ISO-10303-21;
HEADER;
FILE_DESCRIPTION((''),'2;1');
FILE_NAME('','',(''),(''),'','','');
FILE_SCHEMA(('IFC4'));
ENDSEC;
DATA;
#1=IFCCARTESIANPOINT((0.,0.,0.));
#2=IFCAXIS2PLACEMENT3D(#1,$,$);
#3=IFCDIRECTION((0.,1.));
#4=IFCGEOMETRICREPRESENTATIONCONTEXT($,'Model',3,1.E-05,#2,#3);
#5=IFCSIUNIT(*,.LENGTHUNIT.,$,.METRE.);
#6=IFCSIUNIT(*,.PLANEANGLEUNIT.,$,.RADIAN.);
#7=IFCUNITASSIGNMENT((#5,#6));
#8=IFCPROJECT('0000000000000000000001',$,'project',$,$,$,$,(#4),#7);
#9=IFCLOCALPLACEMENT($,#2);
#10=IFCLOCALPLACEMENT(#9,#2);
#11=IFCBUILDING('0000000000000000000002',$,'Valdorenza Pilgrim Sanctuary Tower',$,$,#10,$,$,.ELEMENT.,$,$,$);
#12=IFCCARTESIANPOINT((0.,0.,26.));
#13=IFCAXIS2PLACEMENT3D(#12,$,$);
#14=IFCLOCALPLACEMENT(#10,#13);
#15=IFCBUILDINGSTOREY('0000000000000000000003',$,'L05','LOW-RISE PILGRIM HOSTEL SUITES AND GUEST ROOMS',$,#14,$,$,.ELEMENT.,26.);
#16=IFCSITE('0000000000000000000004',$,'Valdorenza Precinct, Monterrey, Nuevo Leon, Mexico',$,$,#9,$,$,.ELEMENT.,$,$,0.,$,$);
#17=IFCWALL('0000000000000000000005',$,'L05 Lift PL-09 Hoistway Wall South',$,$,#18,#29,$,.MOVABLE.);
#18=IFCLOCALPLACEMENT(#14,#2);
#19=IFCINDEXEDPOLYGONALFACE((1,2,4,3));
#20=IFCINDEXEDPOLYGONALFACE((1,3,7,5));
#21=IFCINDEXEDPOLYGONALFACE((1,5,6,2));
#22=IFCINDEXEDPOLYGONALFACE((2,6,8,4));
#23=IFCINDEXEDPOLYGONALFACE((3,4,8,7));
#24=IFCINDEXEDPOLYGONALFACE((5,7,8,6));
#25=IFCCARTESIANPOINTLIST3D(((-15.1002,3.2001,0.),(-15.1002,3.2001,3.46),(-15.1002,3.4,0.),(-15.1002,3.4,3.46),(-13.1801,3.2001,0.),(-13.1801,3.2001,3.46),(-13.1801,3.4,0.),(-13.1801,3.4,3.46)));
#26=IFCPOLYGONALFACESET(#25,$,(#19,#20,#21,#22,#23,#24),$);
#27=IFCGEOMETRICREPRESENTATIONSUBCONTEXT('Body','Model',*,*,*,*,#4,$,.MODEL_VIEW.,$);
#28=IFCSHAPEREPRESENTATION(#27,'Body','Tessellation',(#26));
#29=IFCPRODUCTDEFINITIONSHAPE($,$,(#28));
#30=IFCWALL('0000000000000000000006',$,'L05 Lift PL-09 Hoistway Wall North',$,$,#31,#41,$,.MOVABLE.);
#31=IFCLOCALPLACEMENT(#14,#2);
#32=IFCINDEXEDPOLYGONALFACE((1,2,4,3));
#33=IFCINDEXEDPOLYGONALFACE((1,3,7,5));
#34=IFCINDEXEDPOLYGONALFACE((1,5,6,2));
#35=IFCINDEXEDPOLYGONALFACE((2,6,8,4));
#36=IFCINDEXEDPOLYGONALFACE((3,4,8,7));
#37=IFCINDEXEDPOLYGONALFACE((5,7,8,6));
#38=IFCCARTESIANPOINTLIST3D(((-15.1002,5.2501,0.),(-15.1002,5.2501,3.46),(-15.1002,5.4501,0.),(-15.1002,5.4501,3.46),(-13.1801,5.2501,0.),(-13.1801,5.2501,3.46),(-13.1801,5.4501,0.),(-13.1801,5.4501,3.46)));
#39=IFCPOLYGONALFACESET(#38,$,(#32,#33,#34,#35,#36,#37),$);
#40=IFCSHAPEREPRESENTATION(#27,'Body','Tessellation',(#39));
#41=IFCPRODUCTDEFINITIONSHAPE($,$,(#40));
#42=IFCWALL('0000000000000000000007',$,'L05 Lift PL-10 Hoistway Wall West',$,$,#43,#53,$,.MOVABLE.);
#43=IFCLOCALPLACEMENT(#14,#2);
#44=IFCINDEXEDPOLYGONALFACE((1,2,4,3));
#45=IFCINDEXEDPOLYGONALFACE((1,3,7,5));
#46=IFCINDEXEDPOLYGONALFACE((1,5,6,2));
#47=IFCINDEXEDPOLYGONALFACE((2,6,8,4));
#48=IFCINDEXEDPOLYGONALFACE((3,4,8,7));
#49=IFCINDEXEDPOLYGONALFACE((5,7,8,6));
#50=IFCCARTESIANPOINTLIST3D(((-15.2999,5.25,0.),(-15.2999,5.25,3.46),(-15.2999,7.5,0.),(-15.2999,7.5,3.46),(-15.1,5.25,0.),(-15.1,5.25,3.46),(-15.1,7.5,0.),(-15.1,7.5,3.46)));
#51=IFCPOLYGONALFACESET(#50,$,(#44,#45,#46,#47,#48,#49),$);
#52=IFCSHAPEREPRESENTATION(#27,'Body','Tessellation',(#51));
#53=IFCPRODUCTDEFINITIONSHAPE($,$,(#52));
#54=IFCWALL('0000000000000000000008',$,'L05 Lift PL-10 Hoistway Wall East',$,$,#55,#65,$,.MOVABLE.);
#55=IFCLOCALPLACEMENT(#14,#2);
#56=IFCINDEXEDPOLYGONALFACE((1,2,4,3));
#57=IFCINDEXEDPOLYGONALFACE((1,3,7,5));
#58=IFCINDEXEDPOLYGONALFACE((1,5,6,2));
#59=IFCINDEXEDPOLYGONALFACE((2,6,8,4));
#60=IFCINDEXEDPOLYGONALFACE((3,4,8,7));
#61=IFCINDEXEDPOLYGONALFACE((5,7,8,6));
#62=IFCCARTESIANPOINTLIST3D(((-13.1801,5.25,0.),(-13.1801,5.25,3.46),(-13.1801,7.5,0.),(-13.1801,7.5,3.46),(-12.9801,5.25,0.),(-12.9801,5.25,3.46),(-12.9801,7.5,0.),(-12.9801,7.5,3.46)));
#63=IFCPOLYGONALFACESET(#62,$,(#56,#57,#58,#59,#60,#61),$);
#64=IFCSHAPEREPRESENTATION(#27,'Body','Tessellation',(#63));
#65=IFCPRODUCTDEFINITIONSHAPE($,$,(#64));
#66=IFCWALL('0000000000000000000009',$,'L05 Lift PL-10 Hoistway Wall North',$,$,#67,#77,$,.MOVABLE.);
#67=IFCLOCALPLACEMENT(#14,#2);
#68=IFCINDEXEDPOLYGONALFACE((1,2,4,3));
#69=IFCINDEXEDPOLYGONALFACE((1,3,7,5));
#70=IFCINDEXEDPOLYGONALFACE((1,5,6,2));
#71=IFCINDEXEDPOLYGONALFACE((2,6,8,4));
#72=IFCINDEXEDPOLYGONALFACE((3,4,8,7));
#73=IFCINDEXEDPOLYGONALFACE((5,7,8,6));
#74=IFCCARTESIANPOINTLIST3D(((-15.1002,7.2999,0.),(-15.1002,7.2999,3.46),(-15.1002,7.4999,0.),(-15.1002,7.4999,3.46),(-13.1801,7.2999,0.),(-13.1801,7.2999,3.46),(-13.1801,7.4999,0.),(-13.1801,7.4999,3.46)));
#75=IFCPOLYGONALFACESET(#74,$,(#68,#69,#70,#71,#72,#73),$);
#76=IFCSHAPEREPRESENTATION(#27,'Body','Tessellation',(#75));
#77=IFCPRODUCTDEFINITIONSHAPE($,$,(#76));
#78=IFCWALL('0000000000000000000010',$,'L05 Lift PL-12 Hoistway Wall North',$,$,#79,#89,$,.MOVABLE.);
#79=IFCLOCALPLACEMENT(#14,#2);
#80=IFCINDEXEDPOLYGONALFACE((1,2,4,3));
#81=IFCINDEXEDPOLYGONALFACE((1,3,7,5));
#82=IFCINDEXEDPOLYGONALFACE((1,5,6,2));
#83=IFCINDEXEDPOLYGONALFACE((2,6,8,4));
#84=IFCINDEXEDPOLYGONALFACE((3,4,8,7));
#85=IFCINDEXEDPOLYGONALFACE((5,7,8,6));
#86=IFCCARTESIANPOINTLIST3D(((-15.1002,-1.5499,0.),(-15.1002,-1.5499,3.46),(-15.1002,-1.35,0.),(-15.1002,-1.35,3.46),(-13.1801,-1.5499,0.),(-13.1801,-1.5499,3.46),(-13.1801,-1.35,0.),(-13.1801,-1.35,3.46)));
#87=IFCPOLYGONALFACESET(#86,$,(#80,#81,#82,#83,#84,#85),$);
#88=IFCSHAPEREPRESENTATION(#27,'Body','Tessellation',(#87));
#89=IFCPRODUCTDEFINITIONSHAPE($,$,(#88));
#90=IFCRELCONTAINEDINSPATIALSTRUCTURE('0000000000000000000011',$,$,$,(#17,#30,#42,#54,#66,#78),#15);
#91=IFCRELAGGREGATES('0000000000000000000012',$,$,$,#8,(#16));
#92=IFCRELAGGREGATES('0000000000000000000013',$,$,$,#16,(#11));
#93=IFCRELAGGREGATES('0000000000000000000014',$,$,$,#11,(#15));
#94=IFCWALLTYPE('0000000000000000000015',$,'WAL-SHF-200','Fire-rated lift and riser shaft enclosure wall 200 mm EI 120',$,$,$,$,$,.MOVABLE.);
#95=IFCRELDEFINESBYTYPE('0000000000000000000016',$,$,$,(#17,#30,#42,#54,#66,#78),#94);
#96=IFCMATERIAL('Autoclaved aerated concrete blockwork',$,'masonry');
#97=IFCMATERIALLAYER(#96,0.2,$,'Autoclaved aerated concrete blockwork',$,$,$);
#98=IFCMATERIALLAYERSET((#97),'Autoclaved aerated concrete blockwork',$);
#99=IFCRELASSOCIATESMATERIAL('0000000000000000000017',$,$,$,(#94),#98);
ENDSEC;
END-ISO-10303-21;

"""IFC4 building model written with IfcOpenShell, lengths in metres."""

from ifc_helpers import new_model, si_unit, direction, frame, frame_2d, origin, place, context, subcontext, project, spatial, rectangle, extrude, material, layer, layer_set, type_object, element, save


model = new_model("IFC4")

# Units and contexts
model_context = context("Model", 3, precision=1e-05, world=origin(), true_north=direction((0.0, 1.0)))
body_context = subcontext(model_context, "Body", "Model", "MODEL_VIEW")
ifc_project = project(units=[si_unit("LENGTHUNIT", "METRE"), si_unit("PLANEANGLEUNIT", "RADIAN")], contexts=[model_context])

# Site, building, storey
site_placement = place(None, origin())
site = spatial("IfcSite", under=ifc_project, at=site_placement, Name="Valdorenza Precinct, Monterrey, Nuevo Leon, Mexico", CompositionType="ELEMENT", RefElevation=0.0)
building_placement = place(site_placement, origin())
building = spatial("IfcBuilding", under=site, at=building_placement, Name="Valdorenza Pilgrim Sanctuary Tower", CompositionType="ELEMENT")
storey_placement = place(building_placement, frame((0.0, 0.0, 26.0)))
storey = spatial("IfcBuildingStorey", under=building, at=storey_placement, Name="L05", Description="LOW-RISE PILGRIM HOSTEL SUITES AND GUEST ROOMS", CompositionType="ELEMENT", Elevation=26.0)

# Walls
ifc_material_1 = material(Name="Autoclaved aerated concrete blockwork", Category="masonry")
ifc_layer_1 = layer(ifc_material_1, 0.2, Name="Autoclaved aerated concrete blockwork")
ifc_layer_set_1 = layer_set([ifc_layer_1], Name="Autoclaved aerated concrete blockwork")
wall_type_1 = type_object("IfcWallType", Name="WAL-SHF-200", Description="Fire-rated lift and riser shaft enclosure wall 200 mm EI 120", PredefinedType="MOVABLE", material=ifc_layer_set_1)
for number, where, z_axis, x_axis, name in (
    (1, (-15.1001, 3.3, 0.0), (0.0, 0.0, 1.0), (1.0, 0.0, 0.0), "L05 Lift PL-09 Hoistway Wall South"),
    (2, (-15.1001, 5.3501, 0.0), (0.0, 0.0, 1.0), (1.0, 0.0, 0.0), "L05 Lift PL-09 Hoistway Wall North"),
):
    element("IfcWall", number, at=place(storey_placement, frame(where, z_axis=z_axis, x_axis=x_axis)), inside=storey, type_object=wall_type_1, Name=name, PredefinedType="MOVABLE", context=body_context, shape_type="SweptSolid", body=[
        extrude(rectangle(XDim=1.9202, YDim=0.2, at=frame_2d((0.96, 0.0))), origin(), (0.0, 0.0, 1.0), 3.46),
    ])
for number, where, z_axis, x_axis, name in (
    (3, (-15.2, 5.25, 0.0), (0.0, 0.0, 1.0), (0.0, 1.0, 0.0), "L05 Lift PL-10 Hoistway Wall West"),
    (4, (-13.0801, 5.25, 0.0), (0.0, 0.0, 1.0), (0.0, 1.0, 0.0), "L05 Lift PL-10 Hoistway Wall East"),
):
    element("IfcWall", number, at=place(storey_placement, frame(where, z_axis=z_axis, x_axis=x_axis)), inside=storey, type_object=wall_type_1, Name=name, PredefinedType="MOVABLE", context=body_context, shape_type="SweptSolid", body=[
        extrude(rectangle(XDim=2.25, YDim=0.2, at=frame_2d((1.125, 0.0))), origin(), (0.0, 0.0, 1.0), 3.46),
    ])
for number, where, z_axis, x_axis, name in (
    (5, (-15.1001, 7.3999, 0.0), (0.0, 0.0, 1.0), (1.0, 0.0, 0.0), "L05 Lift PL-10 Hoistway Wall North"),
    (6, (-15.1001, -1.45, 0.0), (0.0, 0.0, 1.0), (1.0, 0.0, 0.0), "L05 Lift PL-12 Hoistway Wall North"),
):
    element("IfcWall", number, at=place(storey_placement, frame(where, z_axis=z_axis, x_axis=x_axis)), inside=storey, type_object=wall_type_1, Name=name, PredefinedType="MOVABLE", context=body_context, shape_type="SweptSolid", body=[
        extrude(rectangle(XDim=1.9202, YDim=0.2, at=frame_2d((0.96, 0.0))), origin(), (0.0, 0.0, 1.0), 3.46),
    ])

save(model, "model.ifc")
